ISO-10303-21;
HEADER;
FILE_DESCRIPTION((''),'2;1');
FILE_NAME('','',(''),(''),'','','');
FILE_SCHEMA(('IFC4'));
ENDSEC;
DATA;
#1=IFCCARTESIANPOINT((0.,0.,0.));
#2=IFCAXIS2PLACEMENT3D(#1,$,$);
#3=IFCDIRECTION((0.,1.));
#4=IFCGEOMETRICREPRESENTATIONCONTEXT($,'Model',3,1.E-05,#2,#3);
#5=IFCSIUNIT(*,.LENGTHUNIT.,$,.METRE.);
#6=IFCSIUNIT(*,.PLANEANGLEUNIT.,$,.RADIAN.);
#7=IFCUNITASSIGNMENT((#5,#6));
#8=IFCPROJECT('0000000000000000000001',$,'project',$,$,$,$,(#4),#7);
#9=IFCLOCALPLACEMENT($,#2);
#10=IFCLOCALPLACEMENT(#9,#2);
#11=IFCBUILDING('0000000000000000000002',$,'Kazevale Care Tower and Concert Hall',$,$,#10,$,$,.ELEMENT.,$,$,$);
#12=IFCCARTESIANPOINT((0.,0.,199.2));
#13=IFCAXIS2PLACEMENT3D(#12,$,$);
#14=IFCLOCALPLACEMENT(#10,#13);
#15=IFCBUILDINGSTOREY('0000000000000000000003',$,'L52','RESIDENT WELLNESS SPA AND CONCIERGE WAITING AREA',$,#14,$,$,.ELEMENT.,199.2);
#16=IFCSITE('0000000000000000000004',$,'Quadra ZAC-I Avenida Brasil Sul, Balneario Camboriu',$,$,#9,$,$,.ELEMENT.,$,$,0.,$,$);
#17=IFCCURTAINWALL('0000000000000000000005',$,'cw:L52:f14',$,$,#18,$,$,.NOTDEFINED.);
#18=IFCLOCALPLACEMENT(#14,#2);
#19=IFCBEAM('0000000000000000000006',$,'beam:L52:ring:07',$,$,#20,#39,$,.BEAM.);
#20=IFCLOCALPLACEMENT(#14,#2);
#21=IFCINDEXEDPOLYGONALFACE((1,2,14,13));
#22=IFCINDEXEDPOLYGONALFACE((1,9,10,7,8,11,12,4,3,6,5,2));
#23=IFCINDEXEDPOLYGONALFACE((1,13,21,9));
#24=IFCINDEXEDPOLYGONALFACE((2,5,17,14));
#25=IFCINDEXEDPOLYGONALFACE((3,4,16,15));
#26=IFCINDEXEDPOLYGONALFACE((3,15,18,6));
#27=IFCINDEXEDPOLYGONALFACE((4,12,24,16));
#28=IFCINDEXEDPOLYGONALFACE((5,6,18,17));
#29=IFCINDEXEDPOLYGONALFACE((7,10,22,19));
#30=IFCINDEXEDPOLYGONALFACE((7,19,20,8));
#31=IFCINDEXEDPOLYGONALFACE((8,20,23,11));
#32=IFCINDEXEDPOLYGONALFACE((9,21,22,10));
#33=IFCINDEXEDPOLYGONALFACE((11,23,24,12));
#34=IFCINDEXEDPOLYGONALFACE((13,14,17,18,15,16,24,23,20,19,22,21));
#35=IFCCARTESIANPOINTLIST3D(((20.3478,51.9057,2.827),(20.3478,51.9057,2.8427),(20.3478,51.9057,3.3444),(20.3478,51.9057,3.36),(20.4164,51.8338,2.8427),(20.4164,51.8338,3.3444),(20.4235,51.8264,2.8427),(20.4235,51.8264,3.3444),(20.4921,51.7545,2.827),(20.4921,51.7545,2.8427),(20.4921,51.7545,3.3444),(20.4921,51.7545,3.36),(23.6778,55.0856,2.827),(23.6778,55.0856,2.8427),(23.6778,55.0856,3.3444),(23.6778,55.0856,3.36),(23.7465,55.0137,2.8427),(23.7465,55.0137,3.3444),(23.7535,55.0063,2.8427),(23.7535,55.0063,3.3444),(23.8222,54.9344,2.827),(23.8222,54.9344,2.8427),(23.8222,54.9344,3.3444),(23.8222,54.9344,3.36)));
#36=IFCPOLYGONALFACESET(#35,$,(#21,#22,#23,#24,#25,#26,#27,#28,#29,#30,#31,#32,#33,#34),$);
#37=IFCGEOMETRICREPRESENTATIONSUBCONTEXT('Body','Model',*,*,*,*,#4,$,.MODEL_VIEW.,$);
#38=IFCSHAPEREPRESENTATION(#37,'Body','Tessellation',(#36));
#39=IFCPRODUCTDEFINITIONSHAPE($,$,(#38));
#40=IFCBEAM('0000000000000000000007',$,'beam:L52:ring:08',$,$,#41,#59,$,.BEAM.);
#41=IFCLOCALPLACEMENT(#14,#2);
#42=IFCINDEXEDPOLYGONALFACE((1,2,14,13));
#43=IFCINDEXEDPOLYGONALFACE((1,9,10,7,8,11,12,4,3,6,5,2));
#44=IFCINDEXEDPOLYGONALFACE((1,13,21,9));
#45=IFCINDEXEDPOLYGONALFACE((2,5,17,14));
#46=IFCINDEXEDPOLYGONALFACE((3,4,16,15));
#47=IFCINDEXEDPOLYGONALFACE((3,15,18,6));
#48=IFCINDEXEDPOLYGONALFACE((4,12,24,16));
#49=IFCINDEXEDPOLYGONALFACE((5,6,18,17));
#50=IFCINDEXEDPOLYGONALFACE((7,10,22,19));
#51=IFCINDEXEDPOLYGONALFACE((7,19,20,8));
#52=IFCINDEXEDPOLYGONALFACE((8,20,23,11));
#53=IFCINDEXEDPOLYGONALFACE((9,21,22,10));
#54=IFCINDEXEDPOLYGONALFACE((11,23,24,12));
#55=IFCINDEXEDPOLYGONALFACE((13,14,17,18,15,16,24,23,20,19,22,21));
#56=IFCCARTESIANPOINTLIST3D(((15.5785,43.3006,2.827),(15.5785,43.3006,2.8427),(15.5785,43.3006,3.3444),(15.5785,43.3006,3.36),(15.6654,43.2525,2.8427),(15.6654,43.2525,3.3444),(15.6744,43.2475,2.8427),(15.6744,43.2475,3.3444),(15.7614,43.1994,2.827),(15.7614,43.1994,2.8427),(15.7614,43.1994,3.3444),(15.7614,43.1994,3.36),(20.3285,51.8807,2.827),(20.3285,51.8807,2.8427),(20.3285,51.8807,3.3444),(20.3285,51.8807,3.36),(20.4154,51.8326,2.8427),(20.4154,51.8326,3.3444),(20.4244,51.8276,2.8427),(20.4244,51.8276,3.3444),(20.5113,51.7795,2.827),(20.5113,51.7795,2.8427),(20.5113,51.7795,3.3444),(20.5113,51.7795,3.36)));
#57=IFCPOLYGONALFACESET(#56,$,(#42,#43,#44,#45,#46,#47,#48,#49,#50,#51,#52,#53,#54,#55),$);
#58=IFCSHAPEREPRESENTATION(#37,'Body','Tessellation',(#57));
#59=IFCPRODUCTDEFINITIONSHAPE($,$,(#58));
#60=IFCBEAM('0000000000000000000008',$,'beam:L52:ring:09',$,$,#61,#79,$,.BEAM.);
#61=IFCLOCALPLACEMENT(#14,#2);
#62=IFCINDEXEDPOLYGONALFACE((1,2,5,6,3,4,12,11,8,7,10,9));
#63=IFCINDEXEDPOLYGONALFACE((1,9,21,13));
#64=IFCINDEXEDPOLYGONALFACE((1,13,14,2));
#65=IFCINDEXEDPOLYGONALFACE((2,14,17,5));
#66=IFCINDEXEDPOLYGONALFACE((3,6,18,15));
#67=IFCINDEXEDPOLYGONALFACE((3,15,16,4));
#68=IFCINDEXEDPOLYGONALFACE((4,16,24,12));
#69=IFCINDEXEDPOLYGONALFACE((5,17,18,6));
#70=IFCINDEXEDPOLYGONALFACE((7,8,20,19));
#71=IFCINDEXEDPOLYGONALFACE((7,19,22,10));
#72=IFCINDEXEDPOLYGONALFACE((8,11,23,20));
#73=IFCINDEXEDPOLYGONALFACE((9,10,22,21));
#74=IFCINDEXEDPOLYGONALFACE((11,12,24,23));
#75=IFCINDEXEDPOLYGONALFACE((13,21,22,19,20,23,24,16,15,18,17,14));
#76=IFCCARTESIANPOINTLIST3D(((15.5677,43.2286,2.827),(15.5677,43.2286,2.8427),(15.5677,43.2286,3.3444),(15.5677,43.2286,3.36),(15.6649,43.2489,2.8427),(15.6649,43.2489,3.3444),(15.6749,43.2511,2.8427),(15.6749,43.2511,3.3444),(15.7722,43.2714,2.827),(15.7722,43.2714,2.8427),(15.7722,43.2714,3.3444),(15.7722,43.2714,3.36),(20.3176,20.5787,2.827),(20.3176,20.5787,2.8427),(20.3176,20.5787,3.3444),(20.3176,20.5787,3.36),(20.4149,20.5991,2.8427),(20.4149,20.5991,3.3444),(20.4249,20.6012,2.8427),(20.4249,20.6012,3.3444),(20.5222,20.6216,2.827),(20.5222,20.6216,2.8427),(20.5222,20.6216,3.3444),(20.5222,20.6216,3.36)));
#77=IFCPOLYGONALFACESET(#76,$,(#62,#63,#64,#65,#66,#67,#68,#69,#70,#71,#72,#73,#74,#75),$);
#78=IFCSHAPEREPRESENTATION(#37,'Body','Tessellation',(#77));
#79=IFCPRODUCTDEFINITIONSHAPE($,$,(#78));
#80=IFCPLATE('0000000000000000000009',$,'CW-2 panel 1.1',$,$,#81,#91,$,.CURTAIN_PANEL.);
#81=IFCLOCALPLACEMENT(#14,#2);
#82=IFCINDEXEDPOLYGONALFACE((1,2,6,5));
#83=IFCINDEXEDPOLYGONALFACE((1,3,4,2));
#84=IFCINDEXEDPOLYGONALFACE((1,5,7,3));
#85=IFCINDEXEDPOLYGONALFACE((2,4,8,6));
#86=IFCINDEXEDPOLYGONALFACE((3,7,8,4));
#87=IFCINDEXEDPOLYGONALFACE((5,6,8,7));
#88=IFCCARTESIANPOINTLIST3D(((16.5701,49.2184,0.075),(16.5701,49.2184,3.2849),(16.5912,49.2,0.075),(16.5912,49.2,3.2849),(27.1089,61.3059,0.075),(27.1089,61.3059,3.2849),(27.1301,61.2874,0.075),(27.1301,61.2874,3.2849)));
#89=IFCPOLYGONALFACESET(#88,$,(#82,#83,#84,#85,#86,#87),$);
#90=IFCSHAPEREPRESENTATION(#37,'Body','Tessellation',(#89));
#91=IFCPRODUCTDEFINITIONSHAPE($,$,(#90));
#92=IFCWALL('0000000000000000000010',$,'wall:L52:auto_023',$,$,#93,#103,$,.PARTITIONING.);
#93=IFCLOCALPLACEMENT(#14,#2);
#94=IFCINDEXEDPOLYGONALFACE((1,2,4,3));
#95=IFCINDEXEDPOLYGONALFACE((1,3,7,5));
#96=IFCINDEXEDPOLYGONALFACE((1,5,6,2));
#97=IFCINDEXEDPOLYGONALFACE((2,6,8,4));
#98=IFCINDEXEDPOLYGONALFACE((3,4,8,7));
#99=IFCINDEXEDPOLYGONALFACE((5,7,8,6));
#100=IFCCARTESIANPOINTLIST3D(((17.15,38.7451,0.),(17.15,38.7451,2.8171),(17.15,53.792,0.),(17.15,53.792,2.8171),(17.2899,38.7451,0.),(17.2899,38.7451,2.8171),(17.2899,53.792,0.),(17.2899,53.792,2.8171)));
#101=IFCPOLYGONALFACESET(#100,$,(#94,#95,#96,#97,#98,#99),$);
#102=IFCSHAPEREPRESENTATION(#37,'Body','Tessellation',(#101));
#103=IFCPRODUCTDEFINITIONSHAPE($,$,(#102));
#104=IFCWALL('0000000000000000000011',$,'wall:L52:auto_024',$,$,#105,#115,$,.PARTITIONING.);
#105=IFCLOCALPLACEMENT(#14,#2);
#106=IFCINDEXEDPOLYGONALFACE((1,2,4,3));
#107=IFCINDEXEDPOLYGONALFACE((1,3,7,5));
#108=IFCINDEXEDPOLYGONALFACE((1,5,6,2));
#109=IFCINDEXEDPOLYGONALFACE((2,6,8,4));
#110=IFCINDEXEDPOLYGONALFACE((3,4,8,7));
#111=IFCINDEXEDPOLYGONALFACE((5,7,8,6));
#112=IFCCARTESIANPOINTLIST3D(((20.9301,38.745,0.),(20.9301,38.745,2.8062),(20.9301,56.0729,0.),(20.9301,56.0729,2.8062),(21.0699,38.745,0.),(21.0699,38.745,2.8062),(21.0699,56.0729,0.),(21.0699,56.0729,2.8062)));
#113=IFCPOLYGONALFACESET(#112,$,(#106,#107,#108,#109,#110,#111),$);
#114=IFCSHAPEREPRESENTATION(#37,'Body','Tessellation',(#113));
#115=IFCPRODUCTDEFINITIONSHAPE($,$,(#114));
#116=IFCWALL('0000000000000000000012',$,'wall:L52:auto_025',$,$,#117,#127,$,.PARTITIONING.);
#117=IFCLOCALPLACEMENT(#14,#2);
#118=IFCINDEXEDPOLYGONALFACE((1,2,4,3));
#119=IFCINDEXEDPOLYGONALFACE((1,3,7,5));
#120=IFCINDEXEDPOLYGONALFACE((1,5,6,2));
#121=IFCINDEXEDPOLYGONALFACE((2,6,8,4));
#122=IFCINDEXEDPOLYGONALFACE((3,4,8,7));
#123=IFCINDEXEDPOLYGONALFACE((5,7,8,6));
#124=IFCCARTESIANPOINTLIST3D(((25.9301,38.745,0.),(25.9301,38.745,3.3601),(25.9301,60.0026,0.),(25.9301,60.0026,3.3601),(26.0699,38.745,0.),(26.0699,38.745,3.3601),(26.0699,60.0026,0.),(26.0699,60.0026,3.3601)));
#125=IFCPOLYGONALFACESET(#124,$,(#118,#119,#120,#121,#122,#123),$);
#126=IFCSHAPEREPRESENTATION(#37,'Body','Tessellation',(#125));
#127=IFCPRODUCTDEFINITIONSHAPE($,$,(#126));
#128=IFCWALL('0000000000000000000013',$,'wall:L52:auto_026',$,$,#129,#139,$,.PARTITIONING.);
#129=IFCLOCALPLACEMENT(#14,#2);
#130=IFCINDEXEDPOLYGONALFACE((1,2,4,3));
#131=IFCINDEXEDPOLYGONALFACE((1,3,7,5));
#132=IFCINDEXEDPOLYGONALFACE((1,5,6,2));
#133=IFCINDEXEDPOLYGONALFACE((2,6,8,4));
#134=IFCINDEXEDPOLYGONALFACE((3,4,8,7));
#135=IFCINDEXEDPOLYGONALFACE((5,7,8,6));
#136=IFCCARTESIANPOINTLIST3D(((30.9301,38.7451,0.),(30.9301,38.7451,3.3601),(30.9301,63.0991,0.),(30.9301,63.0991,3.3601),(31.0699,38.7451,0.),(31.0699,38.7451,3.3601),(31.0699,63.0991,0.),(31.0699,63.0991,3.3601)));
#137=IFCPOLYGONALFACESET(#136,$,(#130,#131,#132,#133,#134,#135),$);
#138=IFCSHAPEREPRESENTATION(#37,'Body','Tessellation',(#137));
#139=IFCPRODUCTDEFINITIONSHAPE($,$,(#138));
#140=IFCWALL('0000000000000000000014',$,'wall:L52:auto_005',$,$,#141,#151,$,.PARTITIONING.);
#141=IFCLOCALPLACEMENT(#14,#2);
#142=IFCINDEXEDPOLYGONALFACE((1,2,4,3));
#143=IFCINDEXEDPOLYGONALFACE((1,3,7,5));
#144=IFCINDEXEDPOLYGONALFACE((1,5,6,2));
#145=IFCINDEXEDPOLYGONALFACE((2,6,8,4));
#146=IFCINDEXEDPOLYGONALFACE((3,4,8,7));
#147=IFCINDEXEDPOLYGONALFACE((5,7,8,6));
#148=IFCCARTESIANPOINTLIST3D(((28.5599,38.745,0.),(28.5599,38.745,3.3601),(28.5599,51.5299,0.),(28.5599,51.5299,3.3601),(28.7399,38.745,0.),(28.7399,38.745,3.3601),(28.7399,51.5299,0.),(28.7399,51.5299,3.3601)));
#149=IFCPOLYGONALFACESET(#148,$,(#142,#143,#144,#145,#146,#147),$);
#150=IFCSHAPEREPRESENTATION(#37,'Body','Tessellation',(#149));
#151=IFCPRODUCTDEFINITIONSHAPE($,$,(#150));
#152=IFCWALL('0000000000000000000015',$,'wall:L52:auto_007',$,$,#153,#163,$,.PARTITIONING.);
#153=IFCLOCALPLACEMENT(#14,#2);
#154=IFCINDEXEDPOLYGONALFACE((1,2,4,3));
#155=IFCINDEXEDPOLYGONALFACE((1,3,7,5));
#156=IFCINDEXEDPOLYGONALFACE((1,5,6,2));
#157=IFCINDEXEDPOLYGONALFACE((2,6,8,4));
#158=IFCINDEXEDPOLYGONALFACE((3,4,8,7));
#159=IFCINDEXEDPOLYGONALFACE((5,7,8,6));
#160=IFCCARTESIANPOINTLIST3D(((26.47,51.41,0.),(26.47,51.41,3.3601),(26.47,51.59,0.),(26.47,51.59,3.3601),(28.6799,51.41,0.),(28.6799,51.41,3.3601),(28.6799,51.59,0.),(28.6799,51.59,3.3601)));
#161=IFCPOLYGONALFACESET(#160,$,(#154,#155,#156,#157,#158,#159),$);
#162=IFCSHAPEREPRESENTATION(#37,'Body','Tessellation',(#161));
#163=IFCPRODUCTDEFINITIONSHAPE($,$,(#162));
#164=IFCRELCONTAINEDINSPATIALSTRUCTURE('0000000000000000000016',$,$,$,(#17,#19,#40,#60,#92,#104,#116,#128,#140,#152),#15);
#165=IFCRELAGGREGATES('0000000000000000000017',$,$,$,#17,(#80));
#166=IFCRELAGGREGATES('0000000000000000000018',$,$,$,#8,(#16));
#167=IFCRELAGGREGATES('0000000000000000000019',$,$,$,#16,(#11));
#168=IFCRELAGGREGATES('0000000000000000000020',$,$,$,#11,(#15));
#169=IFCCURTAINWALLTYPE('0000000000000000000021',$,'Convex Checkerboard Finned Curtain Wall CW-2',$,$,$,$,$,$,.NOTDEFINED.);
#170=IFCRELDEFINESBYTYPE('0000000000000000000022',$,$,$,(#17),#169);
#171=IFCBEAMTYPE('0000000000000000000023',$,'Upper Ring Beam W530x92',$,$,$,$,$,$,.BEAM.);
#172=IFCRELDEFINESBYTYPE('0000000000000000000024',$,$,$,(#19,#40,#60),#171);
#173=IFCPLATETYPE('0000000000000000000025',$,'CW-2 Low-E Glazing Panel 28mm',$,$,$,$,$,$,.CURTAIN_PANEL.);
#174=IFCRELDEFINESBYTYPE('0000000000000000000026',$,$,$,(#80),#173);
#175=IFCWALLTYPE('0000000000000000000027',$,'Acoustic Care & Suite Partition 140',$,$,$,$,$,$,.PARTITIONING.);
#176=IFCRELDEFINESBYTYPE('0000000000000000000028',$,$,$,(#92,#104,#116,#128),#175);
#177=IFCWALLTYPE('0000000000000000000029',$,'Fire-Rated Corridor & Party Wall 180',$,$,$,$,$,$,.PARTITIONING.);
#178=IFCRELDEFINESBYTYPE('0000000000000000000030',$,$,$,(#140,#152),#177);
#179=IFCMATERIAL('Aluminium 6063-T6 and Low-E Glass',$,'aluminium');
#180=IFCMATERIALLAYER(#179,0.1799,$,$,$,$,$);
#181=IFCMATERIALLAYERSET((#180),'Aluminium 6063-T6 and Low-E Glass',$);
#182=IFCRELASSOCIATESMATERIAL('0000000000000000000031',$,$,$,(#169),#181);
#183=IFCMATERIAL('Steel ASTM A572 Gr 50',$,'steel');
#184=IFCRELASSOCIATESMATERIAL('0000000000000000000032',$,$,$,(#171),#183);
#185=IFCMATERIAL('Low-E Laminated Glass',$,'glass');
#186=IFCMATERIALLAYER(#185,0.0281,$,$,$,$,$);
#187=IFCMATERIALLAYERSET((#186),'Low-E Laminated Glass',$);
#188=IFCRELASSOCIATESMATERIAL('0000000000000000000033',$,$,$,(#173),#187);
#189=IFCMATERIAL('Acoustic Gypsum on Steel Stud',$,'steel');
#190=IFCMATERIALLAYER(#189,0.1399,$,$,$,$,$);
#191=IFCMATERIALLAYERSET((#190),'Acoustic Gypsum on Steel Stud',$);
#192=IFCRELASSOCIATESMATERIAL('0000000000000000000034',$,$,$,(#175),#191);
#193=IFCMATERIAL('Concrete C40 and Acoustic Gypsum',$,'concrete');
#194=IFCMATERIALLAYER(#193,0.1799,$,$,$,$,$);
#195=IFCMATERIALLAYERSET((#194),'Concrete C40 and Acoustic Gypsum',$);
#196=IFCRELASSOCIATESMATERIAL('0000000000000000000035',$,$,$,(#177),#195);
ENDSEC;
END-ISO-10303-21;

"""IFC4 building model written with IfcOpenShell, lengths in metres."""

from ifc_helpers import new_model, si_unit, direction, frame, frame_2d, origin, origin_2d, place, context, subcontext, project, spatial, rectangle, i_section, extrude, material, layer, layer_set, material_profile, profile_set, type_object, element, aggregate, save


model = new_model("IFC4")

# Units and contexts
model_context = context("Model", 3, precision=1e-05, world=origin(), true_north=direction((0.0, 1.0)))
body_context = subcontext(model_context, "Body", "Model", "MODEL_VIEW")
ifc_project = project(units=[si_unit("LENGTHUNIT", "METRE"), si_unit("PLANEANGLEUNIT", "RADIAN")], contexts=[model_context])

# Site, building, storey
site_placement = place(None, origin())
site = spatial("IfcSite", under=ifc_project, at=site_placement, Name="Quadra ZAC-I Avenida Brasil Sul, Balneario Camboriu", CompositionType="ELEMENT", RefElevation=0.0)
building_placement = place(site_placement, origin())
building = spatial("IfcBuilding", under=site, at=building_placement, Name="Kazevale Care Tower and Concert Hall", CompositionType="ELEMENT")
storey_placement = place(building_placement, frame((0.0, 0.0, 199.2)))
storey = spatial("IfcBuildingStorey", under=building, at=storey_placement, Name="L52", Description="RESIDENT WELLNESS SPA AND CONCIERGE WAITING AREA", CompositionType="ELEMENT", Elevation=199.2)

# Curtain wall
ifc_material_1 = material(Name="Aluminium 6063-T6 and Low-E Glass", Category="aluminium")
ifc_layer_1 = layer(ifc_material_1, 0.1799)
ifc_layer_set_1 = layer_set([ifc_layer_1], Name="Aluminium 6063-T6 and Low-E Glass")
curtain_wall_type_1 = type_object("IfcCurtainWallType", Name="Convex Checkerboard Finned Curtain Wall CW-2", PredefinedType="NOTDEFINED", material=ifc_layer_set_1)
curtain_wall_1_placement = place(storey_placement, origin())
curtain_wall_1 = element("IfcCurtainWall", 1, at=curtain_wall_1_placement, inside=storey, type_object=curtain_wall_type_1, Name="cw:L52:f14", PredefinedType="NOTDEFINED")

# Beams
ifc_material_2 = material(Name="Steel ASTM A572 Gr 50", Category="steel")
ifc_material_profile_1 = material_profile(ifc_material_2, i_section(OverallWidth=0.209, OverallDepth=0.533, WebThickness=0.0103, FlangeThickness=0.0156, at=origin_2d()), Name="W530x92")
ifc_profile_set_1 = profile_set([ifc_material_profile_1], Name="Steel ASTM A572 Gr 50")
beam_type_1 = type_object("IfcBeamType", Name="Upper Ring Beam W530x92", PredefinedType="BEAM", material=ifc_profile_set_1)
beam_1_placement = place(storey_placement, frame((23.75, 55.01, 3.0935), z_axis=(-0.723223, -0.690614, 0.0), x_axis=(0.690614, -0.723223, 0.0)))
element("IfcBeam", 2, at=beam_1_placement, inside=storey, type_object=beam_type_1, Name="beam:L52:ring:07", PredefinedType="BEAM", context=body_context, shape_type="SweptSolid", body=[
    extrude(i_section(OverallWidth=0.209, OverallDepth=0.533, WebThickness=0.0103, FlangeThickness=0.0156, at=origin_2d()), origin(), (0.0, 0.0, 1.0), 4.6045),
])
beam_2_placement = place(storey_placement, frame((20.4199, 51.8301, 3.0935), z_axis=(-0.48434, -0.87488, 0.0), x_axis=(0.87488, -0.48434, 0.0)))
element("IfcBeam", 3, at=beam_2_placement, inside=storey, type_object=beam_type_1, Name="beam:L52:ring:08", PredefinedType="BEAM", context=body_context, shape_type="SweptSolid", body=[
    extrude(i_section(OverallWidth=0.209, OverallDepth=0.533, WebThickness=0.0103, FlangeThickness=0.0156, at=origin_2d()), origin(), (0.0, 0.0, 1.0), 9.8071),
])
beam_3_placement = place(storey_placement, frame((15.6699, 43.25, 3.0935), z_axis=(0.205249, -0.97871, 0.0), x_axis=(0.97871, 0.205249, 0.0)))
element("IfcBeam", 4, at=beam_3_placement, inside=storey, type_object=beam_type_1, Name="beam:L52:ring:09", PredefinedType="BEAM", context=body_context, shape_type="SweptSolid", body=[
    extrude(i_section(OverallWidth=0.209, OverallDepth=0.533, WebThickness=0.0103, FlangeThickness=0.0156, at=origin_2d()), origin(), (0.0, 0.0, 1.0), 23.1426),
])

# Plate
ifc_material_3 = material(Name="Low-E Laminated Glass", Category="glass")
ifc_layer_2 = layer(ifc_material_3, 0.0281)
ifc_layer_set_2 = layer_set([ifc_layer_2], Name="Low-E Laminated Glass")
plate_type = type_object("IfcPlateType", Name="CW-2 Low-E Glazing Panel 28mm", PredefinedType="CURTAIN_PANEL", material=ifc_layer_set_2)
plate_placement = place(storey_placement, frame((21.8501, 55.2529, 0.075), z_axis=(0.0, 0.0, 1.0), x_axis=(0.657175, 0.753738, 0.0)))
plate = element("IfcPlate", 5, at=plate_placement, type_object=plate_type, Name="CW-2 panel 1.1", PredefinedType="CURTAIN_PANEL", context=body_context, shape_type="SweptSolid", body=[
    extrude(rectangle(XDim=16.0366, YDim=0.0281, at=origin_2d()), origin(), (0.0, 0.0, 1.0), 3.21),
])
aggregate(curtain_wall_1, [plate])

# Walls
ifc_material_4 = material(Name="Acoustic Gypsum on Steel Stud", Category="steel")
ifc_layer_3 = layer(ifc_material_4, 0.1399)
ifc_layer_set_3 = layer_set([ifc_layer_3], Name="Acoustic Gypsum on Steel Stud")
wall_type_1 = type_object("IfcWallType", Name="Acoustic Care & Suite Partition 140", PredefinedType="PARTITIONING", material=ifc_layer_set_3)
wall_1_placement = place(storey_placement, frame((17.22, 53.792, 0.0), z_axis=(0.0, 0.0, 1.0), x_axis=(0.0, -1.0, 0.0)))
element("IfcWall", 6, at=wall_1_placement, inside=storey, type_object=wall_type_1, Name="wall:L52:auto_023", PredefinedType="PARTITIONING", context=body_context, shape_type="SweptSolid", body=[
    extrude(rectangle(XDim=15.0469, YDim=0.1399, at=frame_2d((7.5234, 0.0))), origin(), (0.0, 0.0, 1.0), 2.8171),
])
wall_2_placement = place(storey_placement, frame((21.0, 56.073, 0.0), z_axis=(0.0, 0.0, 1.0), x_axis=(0.0, -1.0, 0.0)))
element("IfcWall", 7, at=wall_2_placement, inside=storey, type_object=wall_type_1, Name="wall:L52:auto_024", PredefinedType="PARTITIONING", context=body_context, shape_type="SweptSolid", body=[
    extrude(rectangle(XDim=17.3279, YDim=0.1399, at=frame_2d((8.6641, 0.0))), origin(), (0.0, 0.0, 1.0), 2.8062),
])
wall_3_placement = place(storey_placement, frame((26.0, 60.0027, 0.0), z_axis=(0.0, 0.0, 1.0), x_axis=(0.0, -1.0, 0.0)))
element("IfcWall", 8, at=wall_3_placement, inside=storey, type_object=wall_type_1, Name="wall:L52:auto_025", PredefinedType="PARTITIONING", context=body_context, shape_type="SweptSolid", body=[
    extrude(rectangle(XDim=21.2576, YDim=0.1399, at=frame_2d((10.6289, 0.0))), origin(), (0.0, 0.0, 1.0), 3.3601),
])
wall_4_placement = place(storey_placement, frame((31.0, 63.0991, 0.0), z_axis=(0.0, 0.0, 1.0), x_axis=(0.0, -1.0, 0.0)))
element("IfcWall", 9, at=wall_4_placement, inside=storey, type_object=wall_type_1, Name="wall:L52:auto_026", PredefinedType="PARTITIONING", context=body_context, shape_type="SweptSolid", body=[
    extrude(rectangle(XDim=24.354, YDim=0.1399, at=frame_2d((12.177, 0.0))), origin(), (0.0, 0.0, 1.0), 3.3601),
])
ifc_material_5 = material(Name="Concrete C40 and Acoustic Gypsum", Category="concrete")
ifc_layer_4 = layer(ifc_material_5, 0.1799)
ifc_layer_set_4 = layer_set([ifc_layer_4], Name="Concrete C40 and Acoustic Gypsum")
wall_type_2 = type_object("IfcWallType", Name="Fire-Rated Corridor & Party Wall 180", PredefinedType="PARTITIONING", material=ifc_layer_set_4)
wall_5_placement = place(storey_placement, frame((28.6499, 51.53, 0.0), z_axis=(0.0, 0.0, 1.0), x_axis=(0.0, -1.0, 0.0)))
element("IfcWall", 10, at=wall_5_placement, inside=storey, type_object=wall_type_2, Name="wall:L52:auto_005", PredefinedType="PARTITIONING", context=body_context, shape_type="SweptSolid", body=[
    extrude(rectangle(XDim=12.7849, YDim=0.1799, at=frame_2d((6.3926, 0.0))), origin(), (0.0, 0.0, 1.0), 3.3601),
])
wall_6_placement = place(storey_placement, frame((26.47, 51.5, 0.0), z_axis=(0.0, 0.0, 1.0), x_axis=(1.0, 0.0, 0.0)))
element("IfcWall", 11, at=wall_6_placement, inside=storey, type_object=wall_type_2, Name="wall:L52:auto_007", PredefinedType="PARTITIONING", context=body_context, shape_type="SweptSolid", body=[
    extrude(rectangle(XDim=2.21, YDim=0.1799, at=frame_2d((1.105, 0.0))), origin(), (0.0, 0.0, 1.0), 3.3601),
])

save(model, "model.ifc")
